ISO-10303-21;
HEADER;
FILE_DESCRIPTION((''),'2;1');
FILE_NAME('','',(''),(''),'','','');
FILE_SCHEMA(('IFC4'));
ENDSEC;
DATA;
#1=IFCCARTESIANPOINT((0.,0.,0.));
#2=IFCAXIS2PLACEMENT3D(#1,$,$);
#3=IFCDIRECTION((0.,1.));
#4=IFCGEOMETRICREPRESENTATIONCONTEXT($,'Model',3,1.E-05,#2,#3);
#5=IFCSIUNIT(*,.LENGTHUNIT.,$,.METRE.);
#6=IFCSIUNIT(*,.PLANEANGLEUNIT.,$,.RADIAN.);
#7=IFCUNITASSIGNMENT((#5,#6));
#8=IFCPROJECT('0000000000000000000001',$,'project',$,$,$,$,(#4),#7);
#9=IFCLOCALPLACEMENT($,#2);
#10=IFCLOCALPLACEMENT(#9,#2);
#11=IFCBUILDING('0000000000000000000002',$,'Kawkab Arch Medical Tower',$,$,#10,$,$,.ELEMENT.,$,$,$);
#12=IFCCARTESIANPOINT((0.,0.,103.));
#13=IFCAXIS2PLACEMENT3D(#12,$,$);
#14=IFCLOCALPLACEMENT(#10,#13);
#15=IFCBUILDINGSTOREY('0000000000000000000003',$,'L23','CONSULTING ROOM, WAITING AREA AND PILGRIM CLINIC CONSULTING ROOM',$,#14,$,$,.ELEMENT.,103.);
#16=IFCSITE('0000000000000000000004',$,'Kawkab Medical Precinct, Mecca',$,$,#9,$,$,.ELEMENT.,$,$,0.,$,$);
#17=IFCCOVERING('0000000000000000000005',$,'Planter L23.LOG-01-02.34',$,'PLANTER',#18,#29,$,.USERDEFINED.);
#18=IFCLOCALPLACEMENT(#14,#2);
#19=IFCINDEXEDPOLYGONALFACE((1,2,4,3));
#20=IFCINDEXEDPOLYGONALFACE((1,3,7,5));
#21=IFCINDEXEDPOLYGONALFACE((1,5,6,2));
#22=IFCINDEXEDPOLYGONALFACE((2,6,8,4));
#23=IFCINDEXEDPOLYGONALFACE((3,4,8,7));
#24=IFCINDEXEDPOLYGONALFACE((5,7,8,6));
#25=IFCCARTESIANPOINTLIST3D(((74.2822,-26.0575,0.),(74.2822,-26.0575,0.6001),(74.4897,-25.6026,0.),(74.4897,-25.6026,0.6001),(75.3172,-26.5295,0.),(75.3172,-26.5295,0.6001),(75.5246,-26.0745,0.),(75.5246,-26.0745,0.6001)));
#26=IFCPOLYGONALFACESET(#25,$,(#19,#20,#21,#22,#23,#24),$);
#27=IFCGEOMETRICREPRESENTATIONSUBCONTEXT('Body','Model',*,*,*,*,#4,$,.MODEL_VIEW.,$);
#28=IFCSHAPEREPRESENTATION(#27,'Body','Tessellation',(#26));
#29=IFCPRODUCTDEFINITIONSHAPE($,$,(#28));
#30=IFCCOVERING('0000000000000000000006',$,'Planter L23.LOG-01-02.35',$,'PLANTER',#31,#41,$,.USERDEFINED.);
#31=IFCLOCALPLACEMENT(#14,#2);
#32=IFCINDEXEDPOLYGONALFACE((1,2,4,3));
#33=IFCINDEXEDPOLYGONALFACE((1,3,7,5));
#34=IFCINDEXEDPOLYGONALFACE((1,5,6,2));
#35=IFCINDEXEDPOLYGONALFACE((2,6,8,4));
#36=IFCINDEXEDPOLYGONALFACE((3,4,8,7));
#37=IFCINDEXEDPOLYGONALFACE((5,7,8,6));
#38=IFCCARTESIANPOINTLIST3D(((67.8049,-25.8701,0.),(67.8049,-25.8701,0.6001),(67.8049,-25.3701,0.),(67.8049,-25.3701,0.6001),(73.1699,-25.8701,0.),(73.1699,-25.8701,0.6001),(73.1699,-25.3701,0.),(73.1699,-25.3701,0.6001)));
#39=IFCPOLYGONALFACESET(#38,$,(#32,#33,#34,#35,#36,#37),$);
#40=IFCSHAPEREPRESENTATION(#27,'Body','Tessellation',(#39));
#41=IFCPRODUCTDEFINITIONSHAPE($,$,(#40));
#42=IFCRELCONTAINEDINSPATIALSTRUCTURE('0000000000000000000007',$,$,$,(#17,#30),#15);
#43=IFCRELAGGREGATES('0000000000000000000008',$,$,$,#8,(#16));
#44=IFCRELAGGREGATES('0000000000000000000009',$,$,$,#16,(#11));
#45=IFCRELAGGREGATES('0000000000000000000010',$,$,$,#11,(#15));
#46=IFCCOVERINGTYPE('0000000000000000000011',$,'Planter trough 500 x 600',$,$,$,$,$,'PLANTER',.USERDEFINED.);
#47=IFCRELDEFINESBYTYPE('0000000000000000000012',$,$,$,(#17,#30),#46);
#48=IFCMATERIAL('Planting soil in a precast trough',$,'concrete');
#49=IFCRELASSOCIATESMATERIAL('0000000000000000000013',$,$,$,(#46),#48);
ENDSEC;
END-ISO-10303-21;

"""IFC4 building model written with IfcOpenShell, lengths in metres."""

from ifc_helpers import new_model, si_unit, direction, frame, origin, origin_2d, place, context, subcontext, project, spatial, rectangle, extrude, material, material_profile, profile_set, type_object, element, save


model = new_model("IFC4")

# Units and contexts
model_context = context("Model", 3, precision=1e-05, world=origin(), true_north=direction((0.0, 1.0)))
body_context = subcontext(model_context, "Body", "Model", "MODEL_VIEW")
ifc_project = project(units=[si_unit("LENGTHUNIT", "METRE"), si_unit("PLANEANGLEUNIT", "RADIAN")], contexts=[model_context])

# Site, building, storey
site_placement = place(None, origin())
site = spatial("IfcSite", under=ifc_project, at=site_placement, Name="Kawkab Medical Precinct, Mecca", CompositionType="ELEMENT", RefElevation=0.0)
building_placement = place(site_placement, origin())
building = spatial("IfcBuilding", under=site, at=building_placement, Name="Kawkab Arch Medical Tower", CompositionType="ELEMENT")
storey_placement = place(building_placement, frame((0.0, 0.0, 103.0)))
storey = spatial("IfcBuildingStorey", under=building, at=storey_placement, Name="L23", Description="CONSULTING ROOM, WAITING AREA AND PILGRIM CLINIC CONSULTING ROOM", CompositionType="ELEMENT", Elevation=103.0)

# Coverings
ifc_material_1 = material(Name="Planting soil in a precast trough", Category="concrete")
ifc_material_profile_1 = material_profile(ifc_material_1, rectangle(XDim=0.5, YDim=0.6001, at=origin_2d()), Name="Trough 500x600")
ifc_profile_set_1 = profile_set([ifc_material_profile_1], Name="Planting soil in a precast trough")
covering_type_1 = type_object("IfcCoveringType", Name="Planter trough 500 x 600", ElementType="PLANTER", PredefinedType="USERDEFINED", material=ifc_profile_set_1)
covering_1_placement = place(storey_placement, frame((75.4209, -26.302, 0.3), z_axis=(-0.909866, 0.414902, 0.0), x_axis=(-0.414902, -0.909866, 0.0)))
element("IfcCovering", 1, at=covering_1_placement, inside=storey, type_object=covering_type_1, Name="Planter L23.LOG-01-02.34", ObjectType="PLANTER", PredefinedType="USERDEFINED", context=body_context, shape_type="SweptSolid", body=[
    extrude(rectangle(XDim=0.5, YDim=0.6001, at=origin_2d()), origin(), (0.0, 0.0, 1.0), 1.1375),
])
covering_2_placement = place(storey_placement, frame((73.1699, -25.6201, 0.3), z_axis=(-1.0, 0.0, 0.0), x_axis=(0.0, -1.0, 0.0)))
element("IfcCovering", 2, at=covering_2_placement, inside=storey, type_object=covering_type_1, Name="Planter L23.LOG-01-02.35", ObjectType="PLANTER", PredefinedType="USERDEFINED", context=body_context, shape_type="SweptSolid", body=[
    extrude(rectangle(XDim=0.5, YDim=0.6001, at=origin_2d()), origin(), (0.0, 0.0, 1.0), 5.365),
])

save(model, "model.ifc")
